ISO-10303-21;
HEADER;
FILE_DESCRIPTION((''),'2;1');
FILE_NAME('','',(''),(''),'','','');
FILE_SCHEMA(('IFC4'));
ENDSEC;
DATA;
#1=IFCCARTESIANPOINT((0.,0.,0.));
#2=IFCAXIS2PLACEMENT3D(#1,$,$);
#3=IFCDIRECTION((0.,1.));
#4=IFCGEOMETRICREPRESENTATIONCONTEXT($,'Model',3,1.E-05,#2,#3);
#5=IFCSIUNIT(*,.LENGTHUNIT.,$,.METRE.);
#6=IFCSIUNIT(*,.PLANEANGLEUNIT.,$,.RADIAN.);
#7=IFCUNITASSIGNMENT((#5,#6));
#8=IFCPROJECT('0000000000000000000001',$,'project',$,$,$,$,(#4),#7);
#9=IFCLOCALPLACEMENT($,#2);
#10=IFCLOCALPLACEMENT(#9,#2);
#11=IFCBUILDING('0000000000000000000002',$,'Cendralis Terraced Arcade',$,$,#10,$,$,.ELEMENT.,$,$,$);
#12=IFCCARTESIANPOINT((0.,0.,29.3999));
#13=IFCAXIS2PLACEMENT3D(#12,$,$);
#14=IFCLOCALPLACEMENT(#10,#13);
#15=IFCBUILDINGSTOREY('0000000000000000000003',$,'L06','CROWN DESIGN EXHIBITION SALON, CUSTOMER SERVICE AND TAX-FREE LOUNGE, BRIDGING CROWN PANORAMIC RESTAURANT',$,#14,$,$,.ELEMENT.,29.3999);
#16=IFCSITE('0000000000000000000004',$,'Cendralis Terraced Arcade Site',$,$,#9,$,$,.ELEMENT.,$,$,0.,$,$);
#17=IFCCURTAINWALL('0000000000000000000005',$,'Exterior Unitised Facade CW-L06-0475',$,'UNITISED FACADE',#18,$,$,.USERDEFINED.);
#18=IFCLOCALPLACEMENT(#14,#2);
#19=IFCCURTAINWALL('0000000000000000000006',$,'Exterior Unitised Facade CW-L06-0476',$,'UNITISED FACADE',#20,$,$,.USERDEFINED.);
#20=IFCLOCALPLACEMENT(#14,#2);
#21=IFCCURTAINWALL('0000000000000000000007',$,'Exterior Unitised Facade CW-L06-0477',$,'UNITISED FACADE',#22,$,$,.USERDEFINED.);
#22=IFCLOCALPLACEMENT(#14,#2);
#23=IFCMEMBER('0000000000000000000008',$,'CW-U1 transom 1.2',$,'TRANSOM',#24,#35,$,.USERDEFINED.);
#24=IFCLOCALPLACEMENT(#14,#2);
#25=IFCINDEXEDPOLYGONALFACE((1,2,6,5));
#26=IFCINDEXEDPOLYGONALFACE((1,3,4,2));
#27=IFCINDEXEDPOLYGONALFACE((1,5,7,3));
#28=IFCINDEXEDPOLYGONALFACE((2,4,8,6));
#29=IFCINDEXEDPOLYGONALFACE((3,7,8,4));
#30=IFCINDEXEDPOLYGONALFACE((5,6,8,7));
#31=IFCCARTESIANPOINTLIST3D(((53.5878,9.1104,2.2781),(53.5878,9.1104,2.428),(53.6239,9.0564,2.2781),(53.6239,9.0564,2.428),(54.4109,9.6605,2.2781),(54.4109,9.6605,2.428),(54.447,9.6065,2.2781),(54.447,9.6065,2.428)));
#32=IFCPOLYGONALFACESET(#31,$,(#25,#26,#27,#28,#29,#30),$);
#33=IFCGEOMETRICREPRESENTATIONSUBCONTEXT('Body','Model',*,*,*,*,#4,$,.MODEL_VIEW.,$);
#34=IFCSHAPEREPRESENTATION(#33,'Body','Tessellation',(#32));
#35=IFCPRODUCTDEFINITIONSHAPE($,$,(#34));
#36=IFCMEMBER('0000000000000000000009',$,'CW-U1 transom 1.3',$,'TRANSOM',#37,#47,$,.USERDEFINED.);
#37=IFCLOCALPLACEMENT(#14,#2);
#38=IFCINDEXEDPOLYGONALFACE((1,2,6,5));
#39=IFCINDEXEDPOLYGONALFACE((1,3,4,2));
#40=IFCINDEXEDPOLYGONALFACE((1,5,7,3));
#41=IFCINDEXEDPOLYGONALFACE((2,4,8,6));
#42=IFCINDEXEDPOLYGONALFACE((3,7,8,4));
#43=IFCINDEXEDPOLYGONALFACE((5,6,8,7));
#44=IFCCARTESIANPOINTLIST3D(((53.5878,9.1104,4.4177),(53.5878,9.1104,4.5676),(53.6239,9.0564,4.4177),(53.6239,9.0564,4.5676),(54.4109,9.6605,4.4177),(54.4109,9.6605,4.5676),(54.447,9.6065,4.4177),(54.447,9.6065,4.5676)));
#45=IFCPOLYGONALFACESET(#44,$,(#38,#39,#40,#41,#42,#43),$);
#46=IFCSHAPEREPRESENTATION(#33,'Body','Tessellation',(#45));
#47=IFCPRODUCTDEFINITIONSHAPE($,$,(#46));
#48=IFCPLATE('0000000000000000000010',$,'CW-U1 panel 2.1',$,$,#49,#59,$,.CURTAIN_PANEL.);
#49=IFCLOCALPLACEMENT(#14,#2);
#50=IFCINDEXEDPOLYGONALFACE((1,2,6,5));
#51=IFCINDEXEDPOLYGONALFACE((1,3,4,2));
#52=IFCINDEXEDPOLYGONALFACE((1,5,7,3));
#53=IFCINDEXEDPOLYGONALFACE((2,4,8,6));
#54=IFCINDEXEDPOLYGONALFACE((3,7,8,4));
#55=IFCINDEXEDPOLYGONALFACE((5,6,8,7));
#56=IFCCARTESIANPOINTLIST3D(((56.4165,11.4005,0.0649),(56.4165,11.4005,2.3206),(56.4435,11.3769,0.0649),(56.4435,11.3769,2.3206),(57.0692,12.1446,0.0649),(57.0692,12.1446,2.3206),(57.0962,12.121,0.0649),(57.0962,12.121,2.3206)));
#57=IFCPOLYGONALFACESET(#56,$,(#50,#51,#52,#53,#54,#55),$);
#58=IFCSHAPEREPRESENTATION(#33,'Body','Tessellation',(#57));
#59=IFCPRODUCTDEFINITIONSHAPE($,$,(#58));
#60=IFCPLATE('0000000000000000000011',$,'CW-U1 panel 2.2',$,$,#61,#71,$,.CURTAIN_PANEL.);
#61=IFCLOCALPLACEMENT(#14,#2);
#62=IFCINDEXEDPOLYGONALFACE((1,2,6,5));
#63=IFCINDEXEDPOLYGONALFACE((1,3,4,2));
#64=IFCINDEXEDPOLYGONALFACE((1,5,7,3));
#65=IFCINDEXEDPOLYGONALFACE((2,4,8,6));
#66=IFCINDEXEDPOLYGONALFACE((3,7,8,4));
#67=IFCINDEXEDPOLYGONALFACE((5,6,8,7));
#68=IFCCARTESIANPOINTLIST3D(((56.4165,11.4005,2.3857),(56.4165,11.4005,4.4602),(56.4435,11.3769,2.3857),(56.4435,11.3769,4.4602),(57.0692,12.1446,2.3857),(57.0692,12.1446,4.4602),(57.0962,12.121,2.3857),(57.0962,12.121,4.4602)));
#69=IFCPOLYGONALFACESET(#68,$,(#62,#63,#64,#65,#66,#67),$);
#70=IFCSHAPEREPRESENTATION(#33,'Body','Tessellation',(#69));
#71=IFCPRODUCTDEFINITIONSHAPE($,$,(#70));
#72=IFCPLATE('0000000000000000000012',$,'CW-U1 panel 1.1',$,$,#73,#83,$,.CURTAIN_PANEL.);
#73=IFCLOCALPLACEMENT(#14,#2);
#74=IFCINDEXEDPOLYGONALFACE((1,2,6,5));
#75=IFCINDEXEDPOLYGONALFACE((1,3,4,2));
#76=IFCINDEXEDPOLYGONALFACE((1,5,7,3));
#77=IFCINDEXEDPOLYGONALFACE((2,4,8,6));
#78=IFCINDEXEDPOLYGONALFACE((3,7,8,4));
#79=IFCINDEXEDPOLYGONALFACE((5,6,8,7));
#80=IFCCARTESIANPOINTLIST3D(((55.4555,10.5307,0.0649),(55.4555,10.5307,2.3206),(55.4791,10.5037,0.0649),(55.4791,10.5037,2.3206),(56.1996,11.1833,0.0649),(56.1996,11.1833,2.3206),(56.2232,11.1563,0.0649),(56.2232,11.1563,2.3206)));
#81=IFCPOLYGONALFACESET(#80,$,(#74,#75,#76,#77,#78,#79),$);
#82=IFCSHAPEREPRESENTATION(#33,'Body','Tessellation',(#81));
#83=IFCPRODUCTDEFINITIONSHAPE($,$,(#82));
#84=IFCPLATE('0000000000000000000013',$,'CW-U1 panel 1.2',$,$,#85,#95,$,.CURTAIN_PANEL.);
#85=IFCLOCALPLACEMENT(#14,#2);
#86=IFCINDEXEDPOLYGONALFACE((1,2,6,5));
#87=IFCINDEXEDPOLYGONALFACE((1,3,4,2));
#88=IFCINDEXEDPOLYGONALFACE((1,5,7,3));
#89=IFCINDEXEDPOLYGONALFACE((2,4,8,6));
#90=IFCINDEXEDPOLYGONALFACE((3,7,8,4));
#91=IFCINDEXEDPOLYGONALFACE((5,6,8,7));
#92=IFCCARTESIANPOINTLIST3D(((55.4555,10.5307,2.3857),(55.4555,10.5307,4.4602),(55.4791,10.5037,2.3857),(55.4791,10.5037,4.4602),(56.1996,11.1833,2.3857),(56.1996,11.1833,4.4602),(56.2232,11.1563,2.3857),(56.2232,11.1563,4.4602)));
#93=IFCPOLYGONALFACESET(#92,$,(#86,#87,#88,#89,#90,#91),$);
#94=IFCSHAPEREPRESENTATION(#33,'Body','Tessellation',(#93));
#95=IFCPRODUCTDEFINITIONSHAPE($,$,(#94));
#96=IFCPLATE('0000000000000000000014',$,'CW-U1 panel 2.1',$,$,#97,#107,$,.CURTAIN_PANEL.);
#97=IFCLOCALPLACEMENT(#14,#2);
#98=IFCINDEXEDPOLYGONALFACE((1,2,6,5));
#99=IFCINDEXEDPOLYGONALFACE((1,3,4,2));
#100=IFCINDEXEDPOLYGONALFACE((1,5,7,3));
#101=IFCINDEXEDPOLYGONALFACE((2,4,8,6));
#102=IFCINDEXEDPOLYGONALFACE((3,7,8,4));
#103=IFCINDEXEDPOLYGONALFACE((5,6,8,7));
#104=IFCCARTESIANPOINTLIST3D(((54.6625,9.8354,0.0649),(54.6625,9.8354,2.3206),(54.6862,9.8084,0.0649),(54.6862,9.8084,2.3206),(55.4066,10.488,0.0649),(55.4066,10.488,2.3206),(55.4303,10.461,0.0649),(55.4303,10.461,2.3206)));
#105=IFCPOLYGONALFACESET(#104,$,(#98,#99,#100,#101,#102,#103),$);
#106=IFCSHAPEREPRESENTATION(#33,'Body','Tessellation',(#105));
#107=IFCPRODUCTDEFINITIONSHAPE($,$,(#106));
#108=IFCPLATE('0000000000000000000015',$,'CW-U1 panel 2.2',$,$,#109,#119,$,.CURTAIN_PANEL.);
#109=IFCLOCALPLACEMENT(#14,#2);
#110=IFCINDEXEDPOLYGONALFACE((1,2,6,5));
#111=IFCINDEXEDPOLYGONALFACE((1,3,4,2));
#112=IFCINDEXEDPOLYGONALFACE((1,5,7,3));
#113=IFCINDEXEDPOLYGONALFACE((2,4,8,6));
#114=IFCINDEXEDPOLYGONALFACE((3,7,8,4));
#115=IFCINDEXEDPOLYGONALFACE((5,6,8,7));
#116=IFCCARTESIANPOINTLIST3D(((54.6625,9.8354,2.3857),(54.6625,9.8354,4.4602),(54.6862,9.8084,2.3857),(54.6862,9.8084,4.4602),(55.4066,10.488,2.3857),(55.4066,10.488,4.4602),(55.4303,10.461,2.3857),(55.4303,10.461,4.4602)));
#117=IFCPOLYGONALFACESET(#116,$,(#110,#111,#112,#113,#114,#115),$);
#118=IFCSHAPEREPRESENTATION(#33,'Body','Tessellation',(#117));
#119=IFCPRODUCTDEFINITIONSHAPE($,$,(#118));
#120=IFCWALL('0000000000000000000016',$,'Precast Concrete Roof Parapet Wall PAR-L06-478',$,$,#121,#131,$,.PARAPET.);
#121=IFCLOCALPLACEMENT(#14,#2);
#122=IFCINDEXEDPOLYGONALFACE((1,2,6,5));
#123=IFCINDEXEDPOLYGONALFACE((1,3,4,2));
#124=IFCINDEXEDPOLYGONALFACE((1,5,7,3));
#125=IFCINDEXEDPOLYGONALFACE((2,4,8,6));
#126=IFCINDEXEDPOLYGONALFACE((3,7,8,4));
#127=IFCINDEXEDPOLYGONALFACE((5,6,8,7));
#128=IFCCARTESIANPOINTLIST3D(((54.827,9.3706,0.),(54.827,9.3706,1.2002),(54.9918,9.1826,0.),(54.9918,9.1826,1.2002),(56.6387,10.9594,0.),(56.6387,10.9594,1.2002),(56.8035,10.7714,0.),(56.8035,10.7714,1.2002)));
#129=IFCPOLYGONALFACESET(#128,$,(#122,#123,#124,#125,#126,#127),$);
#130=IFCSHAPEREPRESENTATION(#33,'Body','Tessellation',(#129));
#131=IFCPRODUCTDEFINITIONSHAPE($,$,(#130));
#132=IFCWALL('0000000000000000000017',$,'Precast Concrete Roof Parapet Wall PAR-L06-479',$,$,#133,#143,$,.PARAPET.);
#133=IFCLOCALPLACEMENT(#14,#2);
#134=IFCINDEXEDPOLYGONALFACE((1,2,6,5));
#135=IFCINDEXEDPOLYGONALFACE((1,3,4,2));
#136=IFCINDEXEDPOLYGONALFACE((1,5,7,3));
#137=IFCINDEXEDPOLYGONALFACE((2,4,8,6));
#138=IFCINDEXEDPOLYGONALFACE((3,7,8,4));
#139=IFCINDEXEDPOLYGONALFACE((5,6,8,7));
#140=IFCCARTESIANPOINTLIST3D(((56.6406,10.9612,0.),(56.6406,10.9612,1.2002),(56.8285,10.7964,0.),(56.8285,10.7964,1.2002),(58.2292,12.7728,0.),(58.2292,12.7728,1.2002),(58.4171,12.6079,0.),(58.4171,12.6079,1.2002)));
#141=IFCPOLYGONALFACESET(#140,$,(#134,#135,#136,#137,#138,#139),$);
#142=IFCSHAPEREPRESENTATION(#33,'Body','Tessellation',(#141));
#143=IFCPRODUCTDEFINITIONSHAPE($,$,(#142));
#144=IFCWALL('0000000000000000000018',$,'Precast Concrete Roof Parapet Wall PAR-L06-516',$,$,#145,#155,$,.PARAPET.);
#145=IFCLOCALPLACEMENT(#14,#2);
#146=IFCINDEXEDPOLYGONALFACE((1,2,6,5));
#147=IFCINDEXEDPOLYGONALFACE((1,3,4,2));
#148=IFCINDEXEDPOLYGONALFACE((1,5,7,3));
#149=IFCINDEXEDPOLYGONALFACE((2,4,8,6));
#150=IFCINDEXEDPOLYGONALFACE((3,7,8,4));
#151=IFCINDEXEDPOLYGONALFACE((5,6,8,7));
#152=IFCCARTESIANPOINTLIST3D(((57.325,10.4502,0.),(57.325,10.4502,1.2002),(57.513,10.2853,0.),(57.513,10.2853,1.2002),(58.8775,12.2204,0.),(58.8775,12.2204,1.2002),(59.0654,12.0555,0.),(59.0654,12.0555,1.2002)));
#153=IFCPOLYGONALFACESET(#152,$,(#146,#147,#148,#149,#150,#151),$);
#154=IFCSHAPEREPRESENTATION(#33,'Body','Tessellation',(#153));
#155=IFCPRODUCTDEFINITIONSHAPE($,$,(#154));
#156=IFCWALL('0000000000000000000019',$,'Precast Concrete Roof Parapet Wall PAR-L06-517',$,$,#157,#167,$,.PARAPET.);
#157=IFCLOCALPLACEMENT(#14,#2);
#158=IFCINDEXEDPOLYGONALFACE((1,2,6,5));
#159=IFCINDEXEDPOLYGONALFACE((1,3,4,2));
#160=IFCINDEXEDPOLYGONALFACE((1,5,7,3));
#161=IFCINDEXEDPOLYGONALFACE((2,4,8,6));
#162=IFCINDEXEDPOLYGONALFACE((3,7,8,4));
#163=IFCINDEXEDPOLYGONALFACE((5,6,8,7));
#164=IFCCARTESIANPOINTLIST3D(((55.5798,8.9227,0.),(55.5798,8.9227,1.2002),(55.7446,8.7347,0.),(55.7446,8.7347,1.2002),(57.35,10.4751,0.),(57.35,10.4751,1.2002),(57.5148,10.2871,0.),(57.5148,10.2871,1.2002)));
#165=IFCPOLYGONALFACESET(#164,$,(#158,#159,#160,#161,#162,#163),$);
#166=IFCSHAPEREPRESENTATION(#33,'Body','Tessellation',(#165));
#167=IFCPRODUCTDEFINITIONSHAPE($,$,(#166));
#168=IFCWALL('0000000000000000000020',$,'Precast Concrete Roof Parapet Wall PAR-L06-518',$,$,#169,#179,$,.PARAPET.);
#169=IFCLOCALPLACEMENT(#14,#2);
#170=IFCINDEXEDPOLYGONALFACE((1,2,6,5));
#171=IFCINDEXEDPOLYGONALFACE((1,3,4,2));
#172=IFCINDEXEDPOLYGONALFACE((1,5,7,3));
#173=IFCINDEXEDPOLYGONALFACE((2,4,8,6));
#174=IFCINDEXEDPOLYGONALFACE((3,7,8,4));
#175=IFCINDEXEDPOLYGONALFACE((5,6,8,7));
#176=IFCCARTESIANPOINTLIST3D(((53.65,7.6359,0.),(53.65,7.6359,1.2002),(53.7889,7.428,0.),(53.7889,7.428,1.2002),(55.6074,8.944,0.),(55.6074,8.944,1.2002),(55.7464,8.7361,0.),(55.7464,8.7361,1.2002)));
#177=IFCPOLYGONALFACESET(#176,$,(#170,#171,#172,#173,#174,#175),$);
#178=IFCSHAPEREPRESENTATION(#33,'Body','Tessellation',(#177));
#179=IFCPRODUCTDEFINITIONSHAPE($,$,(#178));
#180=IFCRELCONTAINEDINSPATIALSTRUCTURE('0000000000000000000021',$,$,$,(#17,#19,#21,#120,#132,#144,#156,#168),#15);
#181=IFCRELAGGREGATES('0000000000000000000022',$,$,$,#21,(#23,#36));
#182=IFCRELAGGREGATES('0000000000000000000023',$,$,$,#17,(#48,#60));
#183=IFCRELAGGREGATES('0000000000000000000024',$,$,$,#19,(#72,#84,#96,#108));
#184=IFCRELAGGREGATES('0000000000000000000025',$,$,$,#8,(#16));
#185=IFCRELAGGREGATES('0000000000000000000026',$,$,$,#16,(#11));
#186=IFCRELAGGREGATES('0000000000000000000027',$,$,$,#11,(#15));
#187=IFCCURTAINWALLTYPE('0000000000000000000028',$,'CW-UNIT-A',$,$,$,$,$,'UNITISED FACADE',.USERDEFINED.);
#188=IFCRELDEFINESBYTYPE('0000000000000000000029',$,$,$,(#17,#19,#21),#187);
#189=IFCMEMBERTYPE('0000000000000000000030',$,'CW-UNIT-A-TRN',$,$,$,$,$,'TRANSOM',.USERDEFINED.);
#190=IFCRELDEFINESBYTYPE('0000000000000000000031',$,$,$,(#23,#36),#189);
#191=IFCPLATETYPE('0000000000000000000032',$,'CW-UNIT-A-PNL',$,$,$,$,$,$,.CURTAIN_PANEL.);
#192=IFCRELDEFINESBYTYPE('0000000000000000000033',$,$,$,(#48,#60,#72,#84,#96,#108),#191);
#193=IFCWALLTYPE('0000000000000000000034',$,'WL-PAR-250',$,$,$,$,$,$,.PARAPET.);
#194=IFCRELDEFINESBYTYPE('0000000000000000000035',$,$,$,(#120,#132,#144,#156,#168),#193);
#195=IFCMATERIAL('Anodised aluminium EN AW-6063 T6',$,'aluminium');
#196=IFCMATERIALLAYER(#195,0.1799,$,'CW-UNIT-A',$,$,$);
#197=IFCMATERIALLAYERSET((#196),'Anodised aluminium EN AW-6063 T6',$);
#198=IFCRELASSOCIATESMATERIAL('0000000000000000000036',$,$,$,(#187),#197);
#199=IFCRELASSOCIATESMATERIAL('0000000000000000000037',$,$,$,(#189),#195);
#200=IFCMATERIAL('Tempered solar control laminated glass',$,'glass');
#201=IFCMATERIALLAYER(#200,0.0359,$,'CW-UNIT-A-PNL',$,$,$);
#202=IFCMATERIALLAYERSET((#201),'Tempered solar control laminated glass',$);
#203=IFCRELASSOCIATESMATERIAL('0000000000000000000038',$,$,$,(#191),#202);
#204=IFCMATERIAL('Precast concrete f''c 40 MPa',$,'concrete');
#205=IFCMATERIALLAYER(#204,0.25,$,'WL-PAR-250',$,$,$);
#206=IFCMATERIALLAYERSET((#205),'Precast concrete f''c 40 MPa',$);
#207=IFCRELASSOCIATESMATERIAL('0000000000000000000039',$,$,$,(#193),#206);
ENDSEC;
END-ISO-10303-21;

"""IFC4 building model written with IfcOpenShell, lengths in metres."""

from ifc_helpers import new_model, si_unit, direction, frame, frame_2d, origin, origin_2d, place, context, subcontext, project, spatial, rectangle, extrude, material, layer, layer_set, material_profile, profile_set, type_object, element, aggregate, save


model = new_model("IFC4")

# Units and contexts
model_context = context("Model", 3, precision=1e-05, world=origin(), true_north=direction((0.0, 1.0)))
body_context = subcontext(model_context, "Body", "Model", "MODEL_VIEW")
ifc_project = project(units=[si_unit("LENGTHUNIT", "METRE"), si_unit("PLANEANGLEUNIT", "RADIAN")], contexts=[model_context])

# Site, building, storey
site_placement = place(None, origin())
site = spatial("IfcSite", under=ifc_project, at=site_placement, Name="Cendralis Terraced Arcade Site", CompositionType="ELEMENT", RefElevation=0.0)
building_placement = place(site_placement, origin())
building = spatial("IfcBuilding", under=site, at=building_placement, Name="Cendralis Terraced Arcade", CompositionType="ELEMENT")
storey_placement = place(building_placement, frame((0.0, 0.0, 29.3999)))
storey = spatial("IfcBuildingStorey", under=building, at=storey_placement, Name="L06", Description="CROWN DESIGN EXHIBITION SALON, CUSTOMER SERVICE AND TAX-FREE LOUNGE, BRIDGING CROWN PANORAMIC RESTAURANT", CompositionType="ELEMENT", Elevation=29.3999)

# Curtain wall
ifc_material_1 = material(Name="Anodised aluminium EN AW-6063 T6", Category="aluminium")
ifc_layer_1 = layer(ifc_material_1, 0.1799, Name="CW-UNIT-A")
ifc_layer_set_1 = layer_set([ifc_layer_1], Name="Anodised aluminium EN AW-6063 T6")
curtain_wall_type = type_object("IfcCurtainWallType", Name="CW-UNIT-A", ElementType="UNITISED FACADE", PredefinedType="USERDEFINED", material=ifc_layer_set_1)
curtain_wall_1_placement = place(storey_placement, origin())
curtain_wall_1 = element("IfcCurtainWall", 1, at=curtain_wall_1_placement, inside=storey, type_object=curtain_wall_type, Name="Exterior Unitised Facade CW-L06-0475", ObjectType="UNITISED FACADE", PredefinedType="USERDEFINED")

# Curtain wall
curtain_wall_2_placement = place(storey_placement, origin())
curtain_wall_2 = element("IfcCurtainWall", 2, at=curtain_wall_2_placement, inside=storey, type_object=curtain_wall_type, Name="Exterior Unitised Facade CW-L06-0476", ObjectType="UNITISED FACADE", PredefinedType="USERDEFINED")

# Curtain wall
curtain_wall_3_placement = place(storey_placement, origin())
curtain_wall_3 = element("IfcCurtainWall", 3, at=curtain_wall_3_placement, inside=storey, type_object=curtain_wall_type, Name="Exterior Unitised Facade CW-L06-0477", ObjectType="UNITISED FACADE", PredefinedType="USERDEFINED")

# Members
ifc_material_profile_1 = material_profile(ifc_material_1, rectangle(XDim=0.0649, YDim=0.1499, at=origin_2d()), Name="ALU-TRN-65x150")
ifc_profile_set_1 = profile_set([ifc_material_profile_1], Name="Anodised aluminium EN AW-6063 T6")
member_type_1 = type_object("IfcMemberType", Name="CW-UNIT-A-TRN", ElementType="TRANSOM", PredefinedType="USERDEFINED", material=ifc_profile_set_1)
member_1_placement = place(storey_placement, frame((54.429, 9.6335, 2.353), z_axis=(-0.831405, -0.555667, 0.0), x_axis=(0.555667, -0.831405, 0.0)))
member_1 = element("IfcMember", 4, at=member_1_placement, type_object=member_type_1, Name="CW-U1 transom 1.2", ObjectType="TRANSOM", PredefinedType="USERDEFINED", context=body_context, shape_type="SweptSolid", body=[
    extrude(rectangle(XDim=0.0649, YDim=0.1499, at=origin_2d()), origin(), (0.0, 0.0, 1.0), 0.99),
])
member_2_placement = place(storey_placement, frame((54.429, 9.6335, 4.4927), z_axis=(-0.831405, -0.555667, 0.0), x_axis=(0.555667, -0.831405, 0.0)))
member_2 = element("IfcMember", 5, at=member_2_placement, type_object=member_type_1, Name="CW-U1 transom 1.3", ObjectType="TRANSOM", PredefinedType="USERDEFINED", context=body_context, shape_type="SweptSolid", body=[
    extrude(rectangle(XDim=0.0649, YDim=0.1499, at=origin_2d()), origin(), (0.0, 0.0, 1.0), 0.99),
])
aggregate(curtain_wall_3, [member_1, member_2])

# Plates
ifc_material_2 = material(Name="Tempered solar control laminated glass", Category="glass")
ifc_layer_2 = layer(ifc_material_2, 0.0359, Name="CW-UNIT-A-PNL")
ifc_layer_set_2 = layer_set([ifc_layer_2], Name="Tempered solar control laminated glass")
plate_type = type_object("IfcPlateType", Name="CW-UNIT-A-PNL", PredefinedType="CURTAIN_PANEL", material=ifc_layer_set_2)
plate_1_placement = place(storey_placement, frame((56.7563, 11.7607, 0.0649), z_axis=(0.0, 0.0, 1.0), x_axis=(-0.659403, -0.75179, 0.0)))
plate_1 = element("IfcPlate", 6, at=plate_1_placement, type_object=plate_type, Name="CW-U1 panel 2.1", PredefinedType="CURTAIN_PANEL", context=body_context, shape_type="SweptSolid", body=[
    extrude(rectangle(XDim=0.9897, YDim=0.0359, at=origin_2d()), origin(), (0.0, 0.0, 1.0), 2.2556),
])
plate_2_placement = place(storey_placement, frame((56.7563, 11.7607, 2.3857), z_axis=(0.0, 0.0, 1.0), x_axis=(-0.659403, -0.75179, 0.0)))
plate_2 = element("IfcPlate", 7, at=plate_2_placement, type_object=plate_type, Name="CW-U1 panel 2.2", PredefinedType="CURTAIN_PANEL", context=body_context, shape_type="SweptSolid", body=[
    extrude(rectangle(XDim=0.9897, YDim=0.0359, at=origin_2d()), origin(), (0.0, 0.0, 1.0), 2.0745),
])
aggregate(curtain_wall_1, [plate_1, plate_2])
plate_3_placement = place(storey_placement, frame((55.8394, 10.8435, 0.0649), z_axis=(0.0, 0.0, 1.0), x_axis=(-0.75179, -0.659403, 0.0)))
plate_3 = element("IfcPlate", 8, at=plate_3_placement, type_object=plate_type, Name="CW-U1 panel 1.1", PredefinedType="CURTAIN_PANEL", context=body_context, shape_type="SweptSolid", body=[
    extrude(rectangle(XDim=0.9897, YDim=0.0359, at=origin_2d()), origin(), (0.0, 0.0, 1.0), 2.2556),
])
plate_4_placement = place(storey_placement, frame((55.8394, 10.8435, 2.3857), z_axis=(0.0, 0.0, 1.0), x_axis=(-0.75179, -0.659403, 0.0)))
plate_4 = element("IfcPlate", 9, at=plate_4_placement, type_object=plate_type, Name="CW-U1 panel 1.2", PredefinedType="CURTAIN_PANEL", context=body_context, shape_type="SweptSolid", body=[
    extrude(rectangle(XDim=0.9897, YDim=0.0359, at=origin_2d()), origin(), (0.0, 0.0, 1.0), 2.0745),
])
plate_5_placement = place(storey_placement, frame((55.0464, 10.1482, 0.0649), z_axis=(0.0, 0.0, 1.0), x_axis=(-0.75179, -0.659403, 0.0)))
plate_5 = element("IfcPlate", 10, at=plate_5_placement, type_object=plate_type, Name="CW-U1 panel 2.1", PredefinedType="CURTAIN_PANEL", context=body_context, shape_type="SweptSolid", body=[
    extrude(rectangle(XDim=0.9897, YDim=0.0359, at=origin_2d()), origin(), (0.0, 0.0, 1.0), 2.2556),
])
plate_6_placement = place(storey_placement, frame((55.0464, 10.1482, 2.3857), z_axis=(0.0, 0.0, 1.0), x_axis=(-0.75179, -0.659403, 0.0)))
plate_6 = element("IfcPlate", 11, at=plate_6_placement, type_object=plate_type, Name="CW-U1 panel 2.2", PredefinedType="CURTAIN_PANEL", context=body_context, shape_type="SweptSolid", body=[
    extrude(rectangle(XDim=0.9897, YDim=0.0359, at=origin_2d()), origin(), (0.0, 0.0, 1.0), 2.0745),
])
aggregate(curtain_wall_2, [plate_3, plate_4, plate_5, plate_6])

# Walls
ifc_material_3 = material(Name="Precast concrete f'c 40 MPa", Category="concrete")
ifc_layer_3 = layer(ifc_material_3, 0.25, Name="WL-PAR-250")
ifc_layer_set_3 = layer_set([ifc_layer_3], Name="Precast concrete f'c 40 MPa")
wall_type = type_object("IfcWallType", Name="WL-PAR-250", PredefinedType="PARAPET", material=ifc_layer_set_3)
wall_1_placement = place(storey_placement, frame((54.9094, 9.2766, 0.0), z_axis=(0.0, 0.0, 1.0), x_axis=(0.751842, 0.659343, 0.0)))
element("IfcWall", 12, at=wall_1_placement, inside=storey, type_object=wall_type, Name="Precast Concrete Roof Parapet Wall PAR-L06-478", PredefinedType="PARAPET", context=body_context, shape_type="SweptSolid", body=[
    extrude(rectangle(XDim=2.4097, YDim=0.25, at=frame_2d((1.2048, 0.0))), origin(), (0.0, 0.0, 1.0), 1.2002),
])
wall_2_placement = place(storey_placement, frame((56.7346, 10.8789, 0.0), z_axis=(0.0, 0.0, 1.0), x_axis=(0.659336, 0.751848, 0.0)))
element("IfcWall", 13, at=wall_2_placement, inside=storey, type_object=wall_type, Name="Precast Concrete Roof Parapet Wall PAR-L06-479", PredefinedType="PARAPET", context=body_context, shape_type="SweptSolid", body=[
    extrude(rectangle(XDim=2.4094, YDim=0.25, at=frame_2d((1.2046, 0.0))), origin(), (0.0, 0.0, 1.0), 1.2002),
])
for number, where, z_axis, x_axis, name in (
    (14, (58.9714, 12.1379, 0.0), (0.0, 0.0, 1.0), (-0.659348, -0.751838, 0.0), "Precast Concrete Roof Parapet Wall PAR-L06-516"),
    (15, (57.4324, 10.3811, 0.0), (0.0, 0.0, 1.0), (-0.751838, -0.659348, 0.0), "Precast Concrete Roof Parapet Wall PAR-L06-517"),
):
    element("IfcWall", number, at=place(storey_placement, frame(where, z_axis=z_axis, x_axis=x_axis)), inside=storey, type_object=wall_type, Name=name, PredefinedType="PARAPET", context=body_context, shape_type="SweptSolid", body=[
        extrude(rectangle(XDim=2.3545, YDim=0.25, at=frame_2d((1.1772, 0.0))), origin(), (0.0, 0.0, 1.0), 1.2002),
    ])
wall_3_placement = place(storey_placement, frame((55.677, 8.8401, 0.0), z_axis=(0.0, 0.0, 1.0), x_axis=(-0.831444, -0.555609, 0.0)))
element("IfcWall", 16, at=wall_3_placement, inside=storey, type_object=wall_type, Name="Precast Concrete Roof Parapet Wall PAR-L06-518", PredefinedType="PARAPET", context=body_context, shape_type="SweptSolid", body=[
    extrude(rectangle(XDim=2.3542, YDim=0.25, at=frame_2d((1.1772, 0.0))), origin(), (0.0, 0.0, 1.0), 1.2002),
])

save(model, "model.ifc")
